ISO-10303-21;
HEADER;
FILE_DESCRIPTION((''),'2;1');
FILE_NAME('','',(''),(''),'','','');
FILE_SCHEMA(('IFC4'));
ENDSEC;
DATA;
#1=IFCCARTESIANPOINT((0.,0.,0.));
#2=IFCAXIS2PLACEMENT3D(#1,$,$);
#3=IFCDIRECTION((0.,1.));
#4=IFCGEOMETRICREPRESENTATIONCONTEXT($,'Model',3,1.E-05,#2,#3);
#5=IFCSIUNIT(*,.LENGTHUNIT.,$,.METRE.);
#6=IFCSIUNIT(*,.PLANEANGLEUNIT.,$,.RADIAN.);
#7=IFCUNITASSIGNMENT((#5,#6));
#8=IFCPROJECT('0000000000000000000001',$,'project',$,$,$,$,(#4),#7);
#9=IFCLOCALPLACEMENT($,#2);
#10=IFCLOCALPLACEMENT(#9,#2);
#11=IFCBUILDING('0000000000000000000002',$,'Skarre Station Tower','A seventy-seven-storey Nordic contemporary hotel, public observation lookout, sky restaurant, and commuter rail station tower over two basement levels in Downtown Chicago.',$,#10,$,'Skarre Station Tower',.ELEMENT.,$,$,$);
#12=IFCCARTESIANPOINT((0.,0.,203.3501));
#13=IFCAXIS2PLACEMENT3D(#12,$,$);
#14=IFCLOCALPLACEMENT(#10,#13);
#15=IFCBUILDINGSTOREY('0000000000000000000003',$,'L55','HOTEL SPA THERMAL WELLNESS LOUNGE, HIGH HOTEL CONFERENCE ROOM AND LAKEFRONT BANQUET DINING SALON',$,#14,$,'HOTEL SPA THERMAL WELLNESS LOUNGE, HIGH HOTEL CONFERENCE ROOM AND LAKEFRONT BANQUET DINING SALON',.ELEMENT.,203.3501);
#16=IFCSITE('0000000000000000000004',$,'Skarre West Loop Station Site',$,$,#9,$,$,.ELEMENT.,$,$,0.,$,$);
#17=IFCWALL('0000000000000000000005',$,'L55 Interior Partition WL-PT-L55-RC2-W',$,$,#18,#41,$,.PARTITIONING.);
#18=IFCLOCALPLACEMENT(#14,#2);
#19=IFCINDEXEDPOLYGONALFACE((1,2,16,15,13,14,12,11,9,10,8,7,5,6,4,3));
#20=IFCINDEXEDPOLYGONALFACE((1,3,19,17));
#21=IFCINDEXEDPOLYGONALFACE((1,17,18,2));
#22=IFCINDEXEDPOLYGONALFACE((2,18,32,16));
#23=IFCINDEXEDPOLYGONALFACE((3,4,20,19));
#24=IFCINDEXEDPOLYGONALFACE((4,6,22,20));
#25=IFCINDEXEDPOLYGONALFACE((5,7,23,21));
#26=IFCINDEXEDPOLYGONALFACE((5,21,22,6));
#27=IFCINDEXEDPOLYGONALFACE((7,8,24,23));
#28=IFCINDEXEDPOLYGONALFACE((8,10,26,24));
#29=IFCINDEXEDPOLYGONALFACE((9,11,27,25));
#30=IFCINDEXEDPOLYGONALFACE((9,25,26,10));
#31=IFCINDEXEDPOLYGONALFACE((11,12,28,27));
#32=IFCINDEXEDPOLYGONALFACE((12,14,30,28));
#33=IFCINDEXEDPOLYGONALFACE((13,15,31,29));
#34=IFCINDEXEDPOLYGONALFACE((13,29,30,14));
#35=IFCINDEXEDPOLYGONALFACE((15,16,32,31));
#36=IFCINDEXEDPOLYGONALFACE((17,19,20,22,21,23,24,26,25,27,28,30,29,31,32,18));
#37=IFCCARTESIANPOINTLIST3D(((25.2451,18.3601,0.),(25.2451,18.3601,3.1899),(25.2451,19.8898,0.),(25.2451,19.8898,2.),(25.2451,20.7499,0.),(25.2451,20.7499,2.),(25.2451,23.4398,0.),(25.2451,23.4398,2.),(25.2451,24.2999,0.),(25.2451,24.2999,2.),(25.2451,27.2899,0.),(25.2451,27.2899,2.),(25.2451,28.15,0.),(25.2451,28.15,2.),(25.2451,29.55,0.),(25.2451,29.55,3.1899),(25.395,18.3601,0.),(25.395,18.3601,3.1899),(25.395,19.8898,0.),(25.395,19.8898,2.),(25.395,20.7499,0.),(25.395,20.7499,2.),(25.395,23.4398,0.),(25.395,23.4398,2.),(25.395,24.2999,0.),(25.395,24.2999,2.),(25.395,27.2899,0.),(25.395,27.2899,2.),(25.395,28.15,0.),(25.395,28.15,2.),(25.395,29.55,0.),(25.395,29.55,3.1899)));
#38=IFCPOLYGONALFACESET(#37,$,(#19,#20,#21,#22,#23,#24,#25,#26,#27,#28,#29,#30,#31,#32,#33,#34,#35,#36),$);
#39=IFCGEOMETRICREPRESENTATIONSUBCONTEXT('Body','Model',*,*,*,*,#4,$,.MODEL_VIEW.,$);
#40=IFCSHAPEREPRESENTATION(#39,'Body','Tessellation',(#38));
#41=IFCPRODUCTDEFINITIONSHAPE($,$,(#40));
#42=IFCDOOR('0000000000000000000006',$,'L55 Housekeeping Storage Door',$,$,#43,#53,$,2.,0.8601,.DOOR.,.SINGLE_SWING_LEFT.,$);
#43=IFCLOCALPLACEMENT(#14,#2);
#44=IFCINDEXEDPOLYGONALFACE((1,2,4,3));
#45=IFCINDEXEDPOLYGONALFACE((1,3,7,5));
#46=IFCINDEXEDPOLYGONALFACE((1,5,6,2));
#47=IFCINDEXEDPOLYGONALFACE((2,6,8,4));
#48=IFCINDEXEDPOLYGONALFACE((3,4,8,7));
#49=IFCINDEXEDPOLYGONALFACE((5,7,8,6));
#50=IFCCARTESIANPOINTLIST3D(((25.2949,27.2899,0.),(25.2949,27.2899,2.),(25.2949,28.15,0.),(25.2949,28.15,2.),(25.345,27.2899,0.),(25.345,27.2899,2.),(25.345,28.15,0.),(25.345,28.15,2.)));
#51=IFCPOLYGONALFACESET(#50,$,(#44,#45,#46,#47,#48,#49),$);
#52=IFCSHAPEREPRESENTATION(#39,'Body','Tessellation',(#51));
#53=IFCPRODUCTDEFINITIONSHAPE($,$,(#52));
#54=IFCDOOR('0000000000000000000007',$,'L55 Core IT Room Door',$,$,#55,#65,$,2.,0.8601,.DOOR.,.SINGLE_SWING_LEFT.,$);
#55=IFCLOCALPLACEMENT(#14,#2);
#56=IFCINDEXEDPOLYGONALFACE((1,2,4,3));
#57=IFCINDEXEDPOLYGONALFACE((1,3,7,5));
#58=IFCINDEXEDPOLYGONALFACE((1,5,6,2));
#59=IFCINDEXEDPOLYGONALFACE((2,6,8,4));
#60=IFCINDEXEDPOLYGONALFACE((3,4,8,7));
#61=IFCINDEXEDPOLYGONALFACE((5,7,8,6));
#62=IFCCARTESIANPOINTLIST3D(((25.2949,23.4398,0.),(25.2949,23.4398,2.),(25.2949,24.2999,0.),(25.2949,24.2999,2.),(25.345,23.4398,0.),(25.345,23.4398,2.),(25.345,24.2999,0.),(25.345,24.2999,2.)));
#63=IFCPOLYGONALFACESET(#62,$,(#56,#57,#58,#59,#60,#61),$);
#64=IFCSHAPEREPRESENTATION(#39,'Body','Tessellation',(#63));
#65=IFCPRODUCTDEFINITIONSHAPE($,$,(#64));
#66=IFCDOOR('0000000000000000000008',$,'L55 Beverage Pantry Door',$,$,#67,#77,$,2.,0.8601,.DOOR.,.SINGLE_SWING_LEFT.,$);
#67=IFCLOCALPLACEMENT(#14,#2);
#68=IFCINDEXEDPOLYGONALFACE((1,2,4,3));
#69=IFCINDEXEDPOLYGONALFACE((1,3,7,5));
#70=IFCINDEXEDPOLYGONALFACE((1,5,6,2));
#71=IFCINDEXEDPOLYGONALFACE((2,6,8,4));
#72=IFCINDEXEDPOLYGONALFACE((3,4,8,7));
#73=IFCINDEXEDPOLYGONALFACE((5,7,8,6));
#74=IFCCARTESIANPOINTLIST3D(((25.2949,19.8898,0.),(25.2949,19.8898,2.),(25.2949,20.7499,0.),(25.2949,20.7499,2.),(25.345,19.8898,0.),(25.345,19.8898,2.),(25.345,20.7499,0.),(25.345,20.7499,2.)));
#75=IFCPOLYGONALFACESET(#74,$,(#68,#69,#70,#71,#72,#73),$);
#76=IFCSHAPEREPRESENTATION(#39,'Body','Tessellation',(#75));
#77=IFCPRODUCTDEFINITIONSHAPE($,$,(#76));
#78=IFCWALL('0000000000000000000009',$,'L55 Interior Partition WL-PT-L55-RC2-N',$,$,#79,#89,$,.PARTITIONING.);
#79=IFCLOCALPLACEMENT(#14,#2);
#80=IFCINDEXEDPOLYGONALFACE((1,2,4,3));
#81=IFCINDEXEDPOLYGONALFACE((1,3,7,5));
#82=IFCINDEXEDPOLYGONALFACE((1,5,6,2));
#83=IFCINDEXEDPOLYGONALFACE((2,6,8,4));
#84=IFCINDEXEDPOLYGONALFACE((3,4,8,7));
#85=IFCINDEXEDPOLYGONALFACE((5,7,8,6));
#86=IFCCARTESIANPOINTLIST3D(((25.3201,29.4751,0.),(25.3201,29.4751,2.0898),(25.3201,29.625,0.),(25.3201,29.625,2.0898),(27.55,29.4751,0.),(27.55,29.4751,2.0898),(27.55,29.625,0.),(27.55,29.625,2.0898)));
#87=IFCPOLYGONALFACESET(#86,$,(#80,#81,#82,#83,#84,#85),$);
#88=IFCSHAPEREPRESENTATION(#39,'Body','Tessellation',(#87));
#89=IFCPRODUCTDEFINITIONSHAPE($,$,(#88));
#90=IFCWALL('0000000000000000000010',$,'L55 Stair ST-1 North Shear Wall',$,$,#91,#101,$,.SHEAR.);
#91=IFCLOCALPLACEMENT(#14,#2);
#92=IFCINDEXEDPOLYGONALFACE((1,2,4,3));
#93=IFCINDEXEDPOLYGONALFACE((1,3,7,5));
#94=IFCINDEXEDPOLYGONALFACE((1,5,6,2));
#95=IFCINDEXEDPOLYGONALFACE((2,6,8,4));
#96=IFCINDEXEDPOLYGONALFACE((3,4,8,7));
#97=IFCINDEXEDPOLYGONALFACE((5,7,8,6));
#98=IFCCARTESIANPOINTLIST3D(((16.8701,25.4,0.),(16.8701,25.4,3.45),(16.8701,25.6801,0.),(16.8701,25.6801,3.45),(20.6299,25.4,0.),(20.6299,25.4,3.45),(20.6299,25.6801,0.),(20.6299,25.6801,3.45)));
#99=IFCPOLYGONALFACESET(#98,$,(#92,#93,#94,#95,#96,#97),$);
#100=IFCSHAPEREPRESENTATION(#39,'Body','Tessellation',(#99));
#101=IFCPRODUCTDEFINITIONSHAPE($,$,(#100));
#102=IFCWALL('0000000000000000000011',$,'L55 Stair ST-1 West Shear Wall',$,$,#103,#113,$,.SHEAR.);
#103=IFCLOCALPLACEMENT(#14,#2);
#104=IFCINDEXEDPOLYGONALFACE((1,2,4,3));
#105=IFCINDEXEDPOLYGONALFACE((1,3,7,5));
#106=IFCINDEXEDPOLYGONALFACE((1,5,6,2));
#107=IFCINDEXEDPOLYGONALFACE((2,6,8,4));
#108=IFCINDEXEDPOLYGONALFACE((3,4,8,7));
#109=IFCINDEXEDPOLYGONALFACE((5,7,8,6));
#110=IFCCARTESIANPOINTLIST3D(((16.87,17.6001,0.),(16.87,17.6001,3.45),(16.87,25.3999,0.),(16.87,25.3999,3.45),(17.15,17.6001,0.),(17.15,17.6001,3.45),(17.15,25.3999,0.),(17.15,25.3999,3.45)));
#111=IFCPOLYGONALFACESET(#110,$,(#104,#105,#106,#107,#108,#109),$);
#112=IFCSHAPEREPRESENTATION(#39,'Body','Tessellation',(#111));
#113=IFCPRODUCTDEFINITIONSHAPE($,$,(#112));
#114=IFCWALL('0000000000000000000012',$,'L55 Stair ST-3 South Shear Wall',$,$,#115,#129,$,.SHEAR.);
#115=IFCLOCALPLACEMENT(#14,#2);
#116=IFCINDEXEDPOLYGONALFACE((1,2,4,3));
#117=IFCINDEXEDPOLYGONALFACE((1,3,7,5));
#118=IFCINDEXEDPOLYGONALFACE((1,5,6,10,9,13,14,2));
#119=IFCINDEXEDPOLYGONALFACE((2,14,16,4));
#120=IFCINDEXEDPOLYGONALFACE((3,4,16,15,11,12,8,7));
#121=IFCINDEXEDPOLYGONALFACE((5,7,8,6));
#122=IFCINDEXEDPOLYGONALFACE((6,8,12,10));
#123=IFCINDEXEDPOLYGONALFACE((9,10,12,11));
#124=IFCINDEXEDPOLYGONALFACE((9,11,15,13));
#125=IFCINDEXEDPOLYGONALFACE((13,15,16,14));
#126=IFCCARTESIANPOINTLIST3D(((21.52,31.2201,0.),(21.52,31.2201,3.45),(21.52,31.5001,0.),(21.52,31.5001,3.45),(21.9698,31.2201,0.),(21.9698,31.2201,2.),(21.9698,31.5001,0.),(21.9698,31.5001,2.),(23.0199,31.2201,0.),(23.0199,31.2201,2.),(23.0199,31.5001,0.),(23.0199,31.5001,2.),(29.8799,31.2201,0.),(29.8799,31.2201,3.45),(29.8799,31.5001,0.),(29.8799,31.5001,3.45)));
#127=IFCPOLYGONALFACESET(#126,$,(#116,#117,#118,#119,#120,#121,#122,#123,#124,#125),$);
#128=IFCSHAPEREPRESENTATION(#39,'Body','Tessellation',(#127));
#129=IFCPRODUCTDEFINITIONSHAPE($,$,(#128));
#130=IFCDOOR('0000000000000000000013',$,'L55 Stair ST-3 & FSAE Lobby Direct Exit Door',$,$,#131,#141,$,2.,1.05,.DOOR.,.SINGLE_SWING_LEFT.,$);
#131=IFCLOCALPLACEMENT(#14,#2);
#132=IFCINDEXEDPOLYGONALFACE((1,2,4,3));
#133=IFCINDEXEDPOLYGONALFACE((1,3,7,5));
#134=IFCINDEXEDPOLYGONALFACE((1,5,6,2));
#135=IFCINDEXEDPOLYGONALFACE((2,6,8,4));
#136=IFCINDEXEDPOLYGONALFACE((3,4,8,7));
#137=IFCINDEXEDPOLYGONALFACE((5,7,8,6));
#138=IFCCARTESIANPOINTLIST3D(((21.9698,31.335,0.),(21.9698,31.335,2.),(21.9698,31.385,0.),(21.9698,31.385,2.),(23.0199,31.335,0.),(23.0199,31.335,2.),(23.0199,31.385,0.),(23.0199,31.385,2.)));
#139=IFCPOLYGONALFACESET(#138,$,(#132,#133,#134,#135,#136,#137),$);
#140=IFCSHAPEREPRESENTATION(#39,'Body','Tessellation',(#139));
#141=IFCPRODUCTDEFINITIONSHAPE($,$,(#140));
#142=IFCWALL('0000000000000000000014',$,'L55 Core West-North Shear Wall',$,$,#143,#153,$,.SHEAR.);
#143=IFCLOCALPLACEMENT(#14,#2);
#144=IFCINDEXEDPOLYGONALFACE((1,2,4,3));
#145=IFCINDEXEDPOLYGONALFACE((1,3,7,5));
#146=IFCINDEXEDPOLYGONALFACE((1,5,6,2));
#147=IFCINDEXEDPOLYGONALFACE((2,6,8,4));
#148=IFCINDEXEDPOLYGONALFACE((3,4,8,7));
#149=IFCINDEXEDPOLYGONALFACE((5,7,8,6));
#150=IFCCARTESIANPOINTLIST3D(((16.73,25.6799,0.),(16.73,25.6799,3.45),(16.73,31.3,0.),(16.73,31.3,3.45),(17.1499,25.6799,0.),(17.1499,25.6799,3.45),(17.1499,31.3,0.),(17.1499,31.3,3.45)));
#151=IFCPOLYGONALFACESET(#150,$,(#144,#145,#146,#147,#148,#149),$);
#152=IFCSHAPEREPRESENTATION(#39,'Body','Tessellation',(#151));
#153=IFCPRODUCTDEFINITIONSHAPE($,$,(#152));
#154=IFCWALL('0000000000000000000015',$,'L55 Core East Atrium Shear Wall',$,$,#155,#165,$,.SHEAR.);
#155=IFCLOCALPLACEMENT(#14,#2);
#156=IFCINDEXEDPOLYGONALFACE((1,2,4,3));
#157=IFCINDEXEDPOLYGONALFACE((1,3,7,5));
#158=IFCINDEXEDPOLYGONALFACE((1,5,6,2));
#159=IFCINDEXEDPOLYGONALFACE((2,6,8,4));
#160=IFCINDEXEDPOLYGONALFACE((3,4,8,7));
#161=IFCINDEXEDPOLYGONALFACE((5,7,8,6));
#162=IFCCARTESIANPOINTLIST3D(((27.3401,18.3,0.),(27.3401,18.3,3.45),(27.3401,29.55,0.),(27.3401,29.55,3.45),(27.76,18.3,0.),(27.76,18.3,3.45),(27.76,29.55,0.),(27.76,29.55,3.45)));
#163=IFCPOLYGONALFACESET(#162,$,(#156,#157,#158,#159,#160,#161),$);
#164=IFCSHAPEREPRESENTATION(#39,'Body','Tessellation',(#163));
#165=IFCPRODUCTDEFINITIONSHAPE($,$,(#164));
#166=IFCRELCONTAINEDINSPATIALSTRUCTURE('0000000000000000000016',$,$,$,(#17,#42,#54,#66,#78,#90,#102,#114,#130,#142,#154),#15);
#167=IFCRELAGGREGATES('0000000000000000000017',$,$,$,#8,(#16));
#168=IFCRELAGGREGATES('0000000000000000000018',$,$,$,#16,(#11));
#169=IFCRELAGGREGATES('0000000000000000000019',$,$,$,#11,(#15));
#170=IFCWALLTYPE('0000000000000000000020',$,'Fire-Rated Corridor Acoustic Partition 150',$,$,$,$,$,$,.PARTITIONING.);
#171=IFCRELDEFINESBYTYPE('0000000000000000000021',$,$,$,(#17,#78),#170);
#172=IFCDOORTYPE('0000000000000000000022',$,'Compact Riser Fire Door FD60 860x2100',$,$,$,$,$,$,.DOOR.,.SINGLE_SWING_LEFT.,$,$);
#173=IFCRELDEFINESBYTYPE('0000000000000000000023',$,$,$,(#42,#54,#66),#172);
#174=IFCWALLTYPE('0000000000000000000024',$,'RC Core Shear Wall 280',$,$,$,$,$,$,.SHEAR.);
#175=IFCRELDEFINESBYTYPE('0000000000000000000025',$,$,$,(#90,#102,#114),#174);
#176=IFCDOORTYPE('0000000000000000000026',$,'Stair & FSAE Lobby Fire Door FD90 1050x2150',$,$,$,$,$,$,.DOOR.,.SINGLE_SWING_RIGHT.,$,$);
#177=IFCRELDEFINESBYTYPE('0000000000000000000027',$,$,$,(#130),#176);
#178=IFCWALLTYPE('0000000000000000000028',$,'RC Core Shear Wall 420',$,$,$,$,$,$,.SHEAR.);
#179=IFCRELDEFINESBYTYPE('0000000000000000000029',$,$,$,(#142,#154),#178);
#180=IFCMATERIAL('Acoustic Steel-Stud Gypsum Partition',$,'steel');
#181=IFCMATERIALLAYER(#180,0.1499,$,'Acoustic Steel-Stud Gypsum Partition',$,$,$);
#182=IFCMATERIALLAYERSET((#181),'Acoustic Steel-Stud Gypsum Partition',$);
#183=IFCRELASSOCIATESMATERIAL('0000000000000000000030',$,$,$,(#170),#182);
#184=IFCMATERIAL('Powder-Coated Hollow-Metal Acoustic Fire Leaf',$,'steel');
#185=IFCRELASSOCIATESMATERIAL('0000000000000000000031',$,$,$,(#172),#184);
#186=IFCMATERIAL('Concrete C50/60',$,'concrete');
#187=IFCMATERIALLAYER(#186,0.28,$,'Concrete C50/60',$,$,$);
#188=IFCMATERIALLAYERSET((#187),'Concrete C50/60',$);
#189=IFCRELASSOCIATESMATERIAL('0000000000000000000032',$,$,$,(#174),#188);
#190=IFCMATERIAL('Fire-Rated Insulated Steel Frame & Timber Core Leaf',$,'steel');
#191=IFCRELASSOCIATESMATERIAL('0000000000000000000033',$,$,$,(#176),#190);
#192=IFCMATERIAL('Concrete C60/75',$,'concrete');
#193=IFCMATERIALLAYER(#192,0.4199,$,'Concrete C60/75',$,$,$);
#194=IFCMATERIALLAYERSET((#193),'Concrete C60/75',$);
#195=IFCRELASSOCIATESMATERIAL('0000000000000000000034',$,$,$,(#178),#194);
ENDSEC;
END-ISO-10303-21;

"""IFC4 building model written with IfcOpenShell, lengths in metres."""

from ifc_helpers import new_model, si_unit, direction, frame, frame_2d, origin, place, context, subcontext, project, spatial, rectangle, extrude, material, layer, layer_set, type_object, element, fill, save


model = new_model("IFC4")

# Units and contexts
model_context = context("Model", 3, precision=1e-05, world=origin(), true_north=direction((0.0, 1.0)))
body_context = subcontext(model_context, "Body", "Model", "MODEL_VIEW")
ifc_project = project(units=[si_unit("LENGTHUNIT", "METRE"), si_unit("PLANEANGLEUNIT", "RADIAN")], contexts=[model_context])

# Site, building, storey
site_placement = place(None, origin())
site = spatial("IfcSite", under=ifc_project, at=site_placement, Name="Skarre West Loop Station Site", CompositionType="ELEMENT", RefElevation=0.0)
building_placement = place(site_placement, origin())
building = spatial("IfcBuilding", under=site, at=building_placement, Name="Skarre Station Tower", Description="A seventy-seven-storey Nordic contemporary hotel, public observation lookout, sky restaurant, and commuter rail station tower over two basement levels in Downtown Chicago.", LongName="Skarre Station Tower", CompositionType="ELEMENT")
storey_placement = place(building_placement, frame((0.0, 0.0, 203.3501)))
storey = spatial("IfcBuildingStorey", under=building, at=storey_placement, Name="L55", Description="HOTEL SPA THERMAL WELLNESS LOUNGE, HIGH HOTEL CONFERENCE ROOM AND LAKEFRONT BANQUET DINING SALON", LongName="HOTEL SPA THERMAL WELLNESS LOUNGE, HIGH HOTEL CONFERENCE ROOM AND LAKEFRONT BANQUET DINING SALON", CompositionType="ELEMENT", Elevation=203.3501)

# Shared definitions
ifc_material_1 = material(Name="Concrete C60/75", Category="concrete")
ifc_material_2 = material(Name="Concrete C50/60", Category="concrete")

# Shared definitions
ifc_material_3 = material(Name="Acoustic Steel-Stud Gypsum Partition", Category="steel")
ifc_layer_1 = layer(ifc_material_3, 0.1499, Name="Acoustic Steel-Stud Gypsum Partition")
ifc_layer_set_1 = layer_set([ifc_layer_1], Name="Acoustic Steel-Stud Gypsum Partition")
wall_type_1 = type_object("IfcWallType", Name="Fire-Rated Corridor Acoustic Partition 150", PredefinedType="PARTITIONING", material=ifc_layer_set_1)

# Wall, openings, doors
wall_1_placement = place(storey_placement, frame((25.3201, 29.55, 0.0), z_axis=(0.0, 0.0, 1.0), x_axis=(0.0, -1.0, 0.0)))
wall_1 = element("IfcWall", 1, at=wall_1_placement, inside=storey, type_object=wall_type_1, Name="L55 Interior Partition WL-PT-L55-RC2-W", PredefinedType="PARTITIONING", context=body_context, shape_type="SweptSolid", body=[
    extrude(rectangle(XDim=11.1899, YDim=0.1499, at=frame_2d((5.595, 0.0))), origin(), (0.0, 0.0, 1.0), 3.1899),
])
opening_1_placement = place(wall_1_placement, frame((1.3999, 0.0, 0.0)))
opening_1 = element("IfcOpeningElement", 2, at=opening_1_placement, cuts=wall_1, PredefinedType="OPENING", context=body_context, shape_type="SweptSolid", body=[
    extrude(rectangle(XDim=0.8601, YDim=2.0, at=frame_2d((0.4302, 1.0))), frame((0.0, 0.085, 0.0), z_axis=(0.0, -1.0, 0.0), x_axis=(1.0, 0.0, 0.0)), (0.0, 0.0, 1.0), 0.1699),
])
opening_2_placement = place(wall_1_placement, frame((5.25, 0.0, 0.0)))
opening_2 = element("IfcOpeningElement", 3, at=opening_2_placement, cuts=wall_1, PredefinedType="OPENING", context=body_context, shape_type="SweptSolid", body=[
    extrude(rectangle(XDim=0.8601, YDim=2.0, at=frame_2d((0.4302, 1.0))), frame((0.0, 0.085, 0.0), z_axis=(0.0, -1.0, 0.0), x_axis=(1.0, 0.0, 0.0)), (0.0, 0.0, 1.0), 0.1699),
])
opening_3_placement = place(wall_1_placement, frame((8.8, 0.0, 0.0)))
opening_3 = element("IfcOpeningElement", 4, at=opening_3_placement, cuts=wall_1, PredefinedType="OPENING", context=body_context, shape_type="SweptSolid", body=[
    extrude(rectangle(XDim=0.8601, YDim=2.0, at=frame_2d((0.4302, 1.0))), frame((0.0, 0.085, 0.0), z_axis=(0.0, -1.0, 0.0), x_axis=(1.0, 0.0, 0.0)), (0.0, 0.0, 1.0), 0.1699),
])
ifc_material_4 = material(Name="Powder-Coated Hollow-Metal Acoustic Fire Leaf", Category="steel")
door_type_1 = type_object("IfcDoorType", Name="Compact Riser Fire Door FD60 860x2100", OperationType="SINGLE_SWING_LEFT", PredefinedType="DOOR", material=ifc_material_4)
door_1_placement = place(opening_1_placement, origin())
door_1 = element("IfcDoor", 5, at=door_1_placement, inside=storey, type_object=door_type_1, Name="L55 Housekeeping Storage Door", OperationType="SINGLE_SWING_LEFT", OverallHeight=2.0, OverallWidth=0.8601, PredefinedType="DOOR", context=body_context, shape_type="SweptSolid", body=[
    extrude(rectangle(XDim=0.8601, YDim=2.0, at=frame_2d((0.4302, 1.0))), frame((0.0, 0.0249, 0.0), z_axis=(0.0, -1.0, 0.0), x_axis=(1.0, 0.0, 0.0)), (0.0, 0.0, 1.0), 0.05),
])
fill(opening_1, door_1)
door_2_placement = place(opening_2_placement, origin())
door_2 = element("IfcDoor", 6, at=door_2_placement, inside=storey, type_object=door_type_1, Name="L55 Core IT Room Door", OperationType="SINGLE_SWING_LEFT", OverallHeight=2.0, OverallWidth=0.8601, PredefinedType="DOOR", context=body_context, shape_type="SweptSolid", body=[
    extrude(rectangle(XDim=0.8601, YDim=2.0, at=frame_2d((0.4302, 1.0))), frame((0.0, 0.0249, 0.0), z_axis=(0.0, -1.0, 0.0), x_axis=(1.0, 0.0, 0.0)), (0.0, 0.0, 1.0), 0.05),
])
fill(opening_2, door_2)
door_3_placement = place(opening_3_placement, origin())
door_3 = element("IfcDoor", 7, at=door_3_placement, inside=storey, type_object=door_type_1, Name="L55 Beverage Pantry Door", OperationType="SINGLE_SWING_LEFT", OverallHeight=2.0, OverallWidth=0.8601, PredefinedType="DOOR", context=body_context, shape_type="SweptSolid", body=[
    extrude(rectangle(XDim=0.8601, YDim=2.0, at=frame_2d((0.4302, 1.0))), frame((0.0, 0.0249, 0.0), z_axis=(0.0, -1.0, 0.0), x_axis=(1.0, 0.0, 0.0)), (0.0, 0.0, 1.0), 0.05),
])
fill(opening_3, door_3)

# Walls
wall_2_placement = place(storey_placement, frame((27.55, 29.55, 0.0), z_axis=(0.0, 0.0, 1.0), x_axis=(-1.0, 0.0, 0.0)))
element("IfcWall", 8, at=wall_2_placement, inside=storey, type_object=wall_type_1, Name="L55 Interior Partition WL-PT-L55-RC2-N", PredefinedType="PARTITIONING", context=body_context, shape_type="SweptSolid", body=[
    extrude(rectangle(XDim=2.23, YDim=0.1499, at=frame_2d((1.115, 0.0))), origin(), (0.0, 0.0, 1.0), 2.0898),
])
ifc_layer_2 = layer(ifc_material_2, 0.28, Name="Concrete C50/60")
ifc_layer_set_2 = layer_set([ifc_layer_2], Name="Concrete C50/60")
wall_type_2 = type_object("IfcWallType", Name="RC Core Shear Wall 280", PredefinedType="SHEAR", material=ifc_layer_set_2)
wall_3_placement = place(storey_placement, frame((20.6299, 25.54, 0.0), z_axis=(0.0, 0.0, 1.0), x_axis=(-1.0, 0.0, 0.0)))
element("IfcWall", 9, at=wall_3_placement, inside=storey, type_object=wall_type_2, Name="L55 Stair ST-1 North Shear Wall", PredefinedType="SHEAR", context=body_context, shape_type="SweptSolid", body=[
    extrude(rectangle(XDim=3.7598, YDim=0.28, at=frame_2d((1.8799, 0.0))), origin(), (0.0, 0.0, 1.0), 3.45),
])
wall_4_placement = place(storey_placement, frame((17.01, 25.3999, 0.0), z_axis=(0.0, 0.0, 1.0), x_axis=(0.0, -1.0, 0.0)))
element("IfcWall", 10, at=wall_4_placement, inside=storey, type_object=wall_type_2, Name="L55 Stair ST-1 West Shear Wall", PredefinedType="SHEAR", context=body_context, shape_type="SweptSolid", body=[
    extrude(rectangle(XDim=7.7998, YDim=0.28, at=frame_2d((3.8999, 0.0))), origin(), (0.0, 0.0, 1.0), 3.45),
])

# Wall, opening, door
wall_5_placement = place(storey_placement, frame((21.52, 31.3601, 0.0), z_axis=(0.0, 0.0, 1.0), x_axis=(1.0, 0.0, 0.0)))
wall_5 = element("IfcWall", 11, at=wall_5_placement, inside=storey, type_object=wall_type_2, Name="L55 Stair ST-3 South Shear Wall", PredefinedType="SHEAR", context=body_context, shape_type="SweptSolid", body=[
    extrude(rectangle(XDim=8.3599, YDim=0.28, at=frame_2d((4.1799, 0.0))), origin(), (0.0, 0.0, 1.0), 3.45),
])
opening_4_placement = place(wall_5_placement, frame((0.45, 0.0, 0.0)))
opening_4 = element("IfcOpeningElement", 12, at=opening_4_placement, cuts=wall_5, PredefinedType="OPENING", context=body_context, shape_type="SweptSolid", body=[
    extrude(rectangle(XDim=1.05, YDim=2.0, at=frame_2d((0.5249, 1.0))), frame((0.0, 0.1499, 0.0), z_axis=(0.0, -1.0, 0.0), x_axis=(1.0, 0.0, 0.0)), (0.0, 0.0, 1.0), 0.3),
])
ifc_material_5 = material(Name="Fire-Rated Insulated Steel Frame & Timber Core Leaf", Category="steel")
door_type_2 = type_object("IfcDoorType", Name="Stair & FSAE Lobby Fire Door FD90 1050x2150", OperationType="SINGLE_SWING_RIGHT", PredefinedType="DOOR", material=ifc_material_5)
door_4_placement = place(opening_4_placement, origin())
door_4 = element("IfcDoor", 13, at=door_4_placement, inside=storey, type_object=door_type_2, Name="L55 Stair ST-3 & FSAE Lobby Direct Exit Door", OperationType="SINGLE_SWING_LEFT", OverallHeight=2.0, OverallWidth=1.05, PredefinedType="DOOR", context=body_context, shape_type="SweptSolid", body=[
    extrude(rectangle(XDim=1.05, YDim=2.0, at=frame_2d((0.5249, 1.0))), frame((0.0, 0.0249, 0.0), z_axis=(0.0, -1.0, 0.0), x_axis=(1.0, 0.0, 0.0)), (0.0, 0.0, 1.0), 0.05),
])
fill(opening_4, door_4)

# Walls
ifc_layer_3 = layer(ifc_material_1, 0.4199, Name="Concrete C60/75")
ifc_layer_set_3 = layer_set([ifc_layer_3], Name="Concrete C60/75")
wall_type_3 = type_object("IfcWallType", Name="RC Core Shear Wall 420", PredefinedType="SHEAR", material=ifc_layer_set_3)
wall_6_placement = place(storey_placement, frame((16.9399, 25.6799, 0.0), z_axis=(0.0, 0.0, 1.0), x_axis=(0.0, 1.0, 0.0)))
element("IfcWall", 14, at=wall_6_placement, inside=storey, type_object=wall_type_3, Name="L55 Core West-North Shear Wall", PredefinedType="SHEAR", context=body_context, shape_type="SweptSolid", body=[
    extrude(rectangle(XDim=5.6201, YDim=0.4199, at=frame_2d((2.8101, 0.0))), origin(), (0.0, 0.0, 1.0), 3.45),
])
wall_7_placement = place(storey_placement, frame((27.55, 29.55, 0.0), z_axis=(0.0, 0.0, 1.0), x_axis=(0.0, -1.0, 0.0)))
element("IfcWall", 15, at=wall_7_placement, inside=storey, type_object=wall_type_3, Name="L55 Core East Atrium Shear Wall", PredefinedType="SHEAR", context=body_context, shape_type="SweptSolid", body=[
    extrude(rectangle(XDim=11.25, YDim=0.4199, at=frame_2d((5.625, 0.0))), origin(), (0.0, 0.0, 1.0), 3.45),
])

save(model, "model.ifc")
